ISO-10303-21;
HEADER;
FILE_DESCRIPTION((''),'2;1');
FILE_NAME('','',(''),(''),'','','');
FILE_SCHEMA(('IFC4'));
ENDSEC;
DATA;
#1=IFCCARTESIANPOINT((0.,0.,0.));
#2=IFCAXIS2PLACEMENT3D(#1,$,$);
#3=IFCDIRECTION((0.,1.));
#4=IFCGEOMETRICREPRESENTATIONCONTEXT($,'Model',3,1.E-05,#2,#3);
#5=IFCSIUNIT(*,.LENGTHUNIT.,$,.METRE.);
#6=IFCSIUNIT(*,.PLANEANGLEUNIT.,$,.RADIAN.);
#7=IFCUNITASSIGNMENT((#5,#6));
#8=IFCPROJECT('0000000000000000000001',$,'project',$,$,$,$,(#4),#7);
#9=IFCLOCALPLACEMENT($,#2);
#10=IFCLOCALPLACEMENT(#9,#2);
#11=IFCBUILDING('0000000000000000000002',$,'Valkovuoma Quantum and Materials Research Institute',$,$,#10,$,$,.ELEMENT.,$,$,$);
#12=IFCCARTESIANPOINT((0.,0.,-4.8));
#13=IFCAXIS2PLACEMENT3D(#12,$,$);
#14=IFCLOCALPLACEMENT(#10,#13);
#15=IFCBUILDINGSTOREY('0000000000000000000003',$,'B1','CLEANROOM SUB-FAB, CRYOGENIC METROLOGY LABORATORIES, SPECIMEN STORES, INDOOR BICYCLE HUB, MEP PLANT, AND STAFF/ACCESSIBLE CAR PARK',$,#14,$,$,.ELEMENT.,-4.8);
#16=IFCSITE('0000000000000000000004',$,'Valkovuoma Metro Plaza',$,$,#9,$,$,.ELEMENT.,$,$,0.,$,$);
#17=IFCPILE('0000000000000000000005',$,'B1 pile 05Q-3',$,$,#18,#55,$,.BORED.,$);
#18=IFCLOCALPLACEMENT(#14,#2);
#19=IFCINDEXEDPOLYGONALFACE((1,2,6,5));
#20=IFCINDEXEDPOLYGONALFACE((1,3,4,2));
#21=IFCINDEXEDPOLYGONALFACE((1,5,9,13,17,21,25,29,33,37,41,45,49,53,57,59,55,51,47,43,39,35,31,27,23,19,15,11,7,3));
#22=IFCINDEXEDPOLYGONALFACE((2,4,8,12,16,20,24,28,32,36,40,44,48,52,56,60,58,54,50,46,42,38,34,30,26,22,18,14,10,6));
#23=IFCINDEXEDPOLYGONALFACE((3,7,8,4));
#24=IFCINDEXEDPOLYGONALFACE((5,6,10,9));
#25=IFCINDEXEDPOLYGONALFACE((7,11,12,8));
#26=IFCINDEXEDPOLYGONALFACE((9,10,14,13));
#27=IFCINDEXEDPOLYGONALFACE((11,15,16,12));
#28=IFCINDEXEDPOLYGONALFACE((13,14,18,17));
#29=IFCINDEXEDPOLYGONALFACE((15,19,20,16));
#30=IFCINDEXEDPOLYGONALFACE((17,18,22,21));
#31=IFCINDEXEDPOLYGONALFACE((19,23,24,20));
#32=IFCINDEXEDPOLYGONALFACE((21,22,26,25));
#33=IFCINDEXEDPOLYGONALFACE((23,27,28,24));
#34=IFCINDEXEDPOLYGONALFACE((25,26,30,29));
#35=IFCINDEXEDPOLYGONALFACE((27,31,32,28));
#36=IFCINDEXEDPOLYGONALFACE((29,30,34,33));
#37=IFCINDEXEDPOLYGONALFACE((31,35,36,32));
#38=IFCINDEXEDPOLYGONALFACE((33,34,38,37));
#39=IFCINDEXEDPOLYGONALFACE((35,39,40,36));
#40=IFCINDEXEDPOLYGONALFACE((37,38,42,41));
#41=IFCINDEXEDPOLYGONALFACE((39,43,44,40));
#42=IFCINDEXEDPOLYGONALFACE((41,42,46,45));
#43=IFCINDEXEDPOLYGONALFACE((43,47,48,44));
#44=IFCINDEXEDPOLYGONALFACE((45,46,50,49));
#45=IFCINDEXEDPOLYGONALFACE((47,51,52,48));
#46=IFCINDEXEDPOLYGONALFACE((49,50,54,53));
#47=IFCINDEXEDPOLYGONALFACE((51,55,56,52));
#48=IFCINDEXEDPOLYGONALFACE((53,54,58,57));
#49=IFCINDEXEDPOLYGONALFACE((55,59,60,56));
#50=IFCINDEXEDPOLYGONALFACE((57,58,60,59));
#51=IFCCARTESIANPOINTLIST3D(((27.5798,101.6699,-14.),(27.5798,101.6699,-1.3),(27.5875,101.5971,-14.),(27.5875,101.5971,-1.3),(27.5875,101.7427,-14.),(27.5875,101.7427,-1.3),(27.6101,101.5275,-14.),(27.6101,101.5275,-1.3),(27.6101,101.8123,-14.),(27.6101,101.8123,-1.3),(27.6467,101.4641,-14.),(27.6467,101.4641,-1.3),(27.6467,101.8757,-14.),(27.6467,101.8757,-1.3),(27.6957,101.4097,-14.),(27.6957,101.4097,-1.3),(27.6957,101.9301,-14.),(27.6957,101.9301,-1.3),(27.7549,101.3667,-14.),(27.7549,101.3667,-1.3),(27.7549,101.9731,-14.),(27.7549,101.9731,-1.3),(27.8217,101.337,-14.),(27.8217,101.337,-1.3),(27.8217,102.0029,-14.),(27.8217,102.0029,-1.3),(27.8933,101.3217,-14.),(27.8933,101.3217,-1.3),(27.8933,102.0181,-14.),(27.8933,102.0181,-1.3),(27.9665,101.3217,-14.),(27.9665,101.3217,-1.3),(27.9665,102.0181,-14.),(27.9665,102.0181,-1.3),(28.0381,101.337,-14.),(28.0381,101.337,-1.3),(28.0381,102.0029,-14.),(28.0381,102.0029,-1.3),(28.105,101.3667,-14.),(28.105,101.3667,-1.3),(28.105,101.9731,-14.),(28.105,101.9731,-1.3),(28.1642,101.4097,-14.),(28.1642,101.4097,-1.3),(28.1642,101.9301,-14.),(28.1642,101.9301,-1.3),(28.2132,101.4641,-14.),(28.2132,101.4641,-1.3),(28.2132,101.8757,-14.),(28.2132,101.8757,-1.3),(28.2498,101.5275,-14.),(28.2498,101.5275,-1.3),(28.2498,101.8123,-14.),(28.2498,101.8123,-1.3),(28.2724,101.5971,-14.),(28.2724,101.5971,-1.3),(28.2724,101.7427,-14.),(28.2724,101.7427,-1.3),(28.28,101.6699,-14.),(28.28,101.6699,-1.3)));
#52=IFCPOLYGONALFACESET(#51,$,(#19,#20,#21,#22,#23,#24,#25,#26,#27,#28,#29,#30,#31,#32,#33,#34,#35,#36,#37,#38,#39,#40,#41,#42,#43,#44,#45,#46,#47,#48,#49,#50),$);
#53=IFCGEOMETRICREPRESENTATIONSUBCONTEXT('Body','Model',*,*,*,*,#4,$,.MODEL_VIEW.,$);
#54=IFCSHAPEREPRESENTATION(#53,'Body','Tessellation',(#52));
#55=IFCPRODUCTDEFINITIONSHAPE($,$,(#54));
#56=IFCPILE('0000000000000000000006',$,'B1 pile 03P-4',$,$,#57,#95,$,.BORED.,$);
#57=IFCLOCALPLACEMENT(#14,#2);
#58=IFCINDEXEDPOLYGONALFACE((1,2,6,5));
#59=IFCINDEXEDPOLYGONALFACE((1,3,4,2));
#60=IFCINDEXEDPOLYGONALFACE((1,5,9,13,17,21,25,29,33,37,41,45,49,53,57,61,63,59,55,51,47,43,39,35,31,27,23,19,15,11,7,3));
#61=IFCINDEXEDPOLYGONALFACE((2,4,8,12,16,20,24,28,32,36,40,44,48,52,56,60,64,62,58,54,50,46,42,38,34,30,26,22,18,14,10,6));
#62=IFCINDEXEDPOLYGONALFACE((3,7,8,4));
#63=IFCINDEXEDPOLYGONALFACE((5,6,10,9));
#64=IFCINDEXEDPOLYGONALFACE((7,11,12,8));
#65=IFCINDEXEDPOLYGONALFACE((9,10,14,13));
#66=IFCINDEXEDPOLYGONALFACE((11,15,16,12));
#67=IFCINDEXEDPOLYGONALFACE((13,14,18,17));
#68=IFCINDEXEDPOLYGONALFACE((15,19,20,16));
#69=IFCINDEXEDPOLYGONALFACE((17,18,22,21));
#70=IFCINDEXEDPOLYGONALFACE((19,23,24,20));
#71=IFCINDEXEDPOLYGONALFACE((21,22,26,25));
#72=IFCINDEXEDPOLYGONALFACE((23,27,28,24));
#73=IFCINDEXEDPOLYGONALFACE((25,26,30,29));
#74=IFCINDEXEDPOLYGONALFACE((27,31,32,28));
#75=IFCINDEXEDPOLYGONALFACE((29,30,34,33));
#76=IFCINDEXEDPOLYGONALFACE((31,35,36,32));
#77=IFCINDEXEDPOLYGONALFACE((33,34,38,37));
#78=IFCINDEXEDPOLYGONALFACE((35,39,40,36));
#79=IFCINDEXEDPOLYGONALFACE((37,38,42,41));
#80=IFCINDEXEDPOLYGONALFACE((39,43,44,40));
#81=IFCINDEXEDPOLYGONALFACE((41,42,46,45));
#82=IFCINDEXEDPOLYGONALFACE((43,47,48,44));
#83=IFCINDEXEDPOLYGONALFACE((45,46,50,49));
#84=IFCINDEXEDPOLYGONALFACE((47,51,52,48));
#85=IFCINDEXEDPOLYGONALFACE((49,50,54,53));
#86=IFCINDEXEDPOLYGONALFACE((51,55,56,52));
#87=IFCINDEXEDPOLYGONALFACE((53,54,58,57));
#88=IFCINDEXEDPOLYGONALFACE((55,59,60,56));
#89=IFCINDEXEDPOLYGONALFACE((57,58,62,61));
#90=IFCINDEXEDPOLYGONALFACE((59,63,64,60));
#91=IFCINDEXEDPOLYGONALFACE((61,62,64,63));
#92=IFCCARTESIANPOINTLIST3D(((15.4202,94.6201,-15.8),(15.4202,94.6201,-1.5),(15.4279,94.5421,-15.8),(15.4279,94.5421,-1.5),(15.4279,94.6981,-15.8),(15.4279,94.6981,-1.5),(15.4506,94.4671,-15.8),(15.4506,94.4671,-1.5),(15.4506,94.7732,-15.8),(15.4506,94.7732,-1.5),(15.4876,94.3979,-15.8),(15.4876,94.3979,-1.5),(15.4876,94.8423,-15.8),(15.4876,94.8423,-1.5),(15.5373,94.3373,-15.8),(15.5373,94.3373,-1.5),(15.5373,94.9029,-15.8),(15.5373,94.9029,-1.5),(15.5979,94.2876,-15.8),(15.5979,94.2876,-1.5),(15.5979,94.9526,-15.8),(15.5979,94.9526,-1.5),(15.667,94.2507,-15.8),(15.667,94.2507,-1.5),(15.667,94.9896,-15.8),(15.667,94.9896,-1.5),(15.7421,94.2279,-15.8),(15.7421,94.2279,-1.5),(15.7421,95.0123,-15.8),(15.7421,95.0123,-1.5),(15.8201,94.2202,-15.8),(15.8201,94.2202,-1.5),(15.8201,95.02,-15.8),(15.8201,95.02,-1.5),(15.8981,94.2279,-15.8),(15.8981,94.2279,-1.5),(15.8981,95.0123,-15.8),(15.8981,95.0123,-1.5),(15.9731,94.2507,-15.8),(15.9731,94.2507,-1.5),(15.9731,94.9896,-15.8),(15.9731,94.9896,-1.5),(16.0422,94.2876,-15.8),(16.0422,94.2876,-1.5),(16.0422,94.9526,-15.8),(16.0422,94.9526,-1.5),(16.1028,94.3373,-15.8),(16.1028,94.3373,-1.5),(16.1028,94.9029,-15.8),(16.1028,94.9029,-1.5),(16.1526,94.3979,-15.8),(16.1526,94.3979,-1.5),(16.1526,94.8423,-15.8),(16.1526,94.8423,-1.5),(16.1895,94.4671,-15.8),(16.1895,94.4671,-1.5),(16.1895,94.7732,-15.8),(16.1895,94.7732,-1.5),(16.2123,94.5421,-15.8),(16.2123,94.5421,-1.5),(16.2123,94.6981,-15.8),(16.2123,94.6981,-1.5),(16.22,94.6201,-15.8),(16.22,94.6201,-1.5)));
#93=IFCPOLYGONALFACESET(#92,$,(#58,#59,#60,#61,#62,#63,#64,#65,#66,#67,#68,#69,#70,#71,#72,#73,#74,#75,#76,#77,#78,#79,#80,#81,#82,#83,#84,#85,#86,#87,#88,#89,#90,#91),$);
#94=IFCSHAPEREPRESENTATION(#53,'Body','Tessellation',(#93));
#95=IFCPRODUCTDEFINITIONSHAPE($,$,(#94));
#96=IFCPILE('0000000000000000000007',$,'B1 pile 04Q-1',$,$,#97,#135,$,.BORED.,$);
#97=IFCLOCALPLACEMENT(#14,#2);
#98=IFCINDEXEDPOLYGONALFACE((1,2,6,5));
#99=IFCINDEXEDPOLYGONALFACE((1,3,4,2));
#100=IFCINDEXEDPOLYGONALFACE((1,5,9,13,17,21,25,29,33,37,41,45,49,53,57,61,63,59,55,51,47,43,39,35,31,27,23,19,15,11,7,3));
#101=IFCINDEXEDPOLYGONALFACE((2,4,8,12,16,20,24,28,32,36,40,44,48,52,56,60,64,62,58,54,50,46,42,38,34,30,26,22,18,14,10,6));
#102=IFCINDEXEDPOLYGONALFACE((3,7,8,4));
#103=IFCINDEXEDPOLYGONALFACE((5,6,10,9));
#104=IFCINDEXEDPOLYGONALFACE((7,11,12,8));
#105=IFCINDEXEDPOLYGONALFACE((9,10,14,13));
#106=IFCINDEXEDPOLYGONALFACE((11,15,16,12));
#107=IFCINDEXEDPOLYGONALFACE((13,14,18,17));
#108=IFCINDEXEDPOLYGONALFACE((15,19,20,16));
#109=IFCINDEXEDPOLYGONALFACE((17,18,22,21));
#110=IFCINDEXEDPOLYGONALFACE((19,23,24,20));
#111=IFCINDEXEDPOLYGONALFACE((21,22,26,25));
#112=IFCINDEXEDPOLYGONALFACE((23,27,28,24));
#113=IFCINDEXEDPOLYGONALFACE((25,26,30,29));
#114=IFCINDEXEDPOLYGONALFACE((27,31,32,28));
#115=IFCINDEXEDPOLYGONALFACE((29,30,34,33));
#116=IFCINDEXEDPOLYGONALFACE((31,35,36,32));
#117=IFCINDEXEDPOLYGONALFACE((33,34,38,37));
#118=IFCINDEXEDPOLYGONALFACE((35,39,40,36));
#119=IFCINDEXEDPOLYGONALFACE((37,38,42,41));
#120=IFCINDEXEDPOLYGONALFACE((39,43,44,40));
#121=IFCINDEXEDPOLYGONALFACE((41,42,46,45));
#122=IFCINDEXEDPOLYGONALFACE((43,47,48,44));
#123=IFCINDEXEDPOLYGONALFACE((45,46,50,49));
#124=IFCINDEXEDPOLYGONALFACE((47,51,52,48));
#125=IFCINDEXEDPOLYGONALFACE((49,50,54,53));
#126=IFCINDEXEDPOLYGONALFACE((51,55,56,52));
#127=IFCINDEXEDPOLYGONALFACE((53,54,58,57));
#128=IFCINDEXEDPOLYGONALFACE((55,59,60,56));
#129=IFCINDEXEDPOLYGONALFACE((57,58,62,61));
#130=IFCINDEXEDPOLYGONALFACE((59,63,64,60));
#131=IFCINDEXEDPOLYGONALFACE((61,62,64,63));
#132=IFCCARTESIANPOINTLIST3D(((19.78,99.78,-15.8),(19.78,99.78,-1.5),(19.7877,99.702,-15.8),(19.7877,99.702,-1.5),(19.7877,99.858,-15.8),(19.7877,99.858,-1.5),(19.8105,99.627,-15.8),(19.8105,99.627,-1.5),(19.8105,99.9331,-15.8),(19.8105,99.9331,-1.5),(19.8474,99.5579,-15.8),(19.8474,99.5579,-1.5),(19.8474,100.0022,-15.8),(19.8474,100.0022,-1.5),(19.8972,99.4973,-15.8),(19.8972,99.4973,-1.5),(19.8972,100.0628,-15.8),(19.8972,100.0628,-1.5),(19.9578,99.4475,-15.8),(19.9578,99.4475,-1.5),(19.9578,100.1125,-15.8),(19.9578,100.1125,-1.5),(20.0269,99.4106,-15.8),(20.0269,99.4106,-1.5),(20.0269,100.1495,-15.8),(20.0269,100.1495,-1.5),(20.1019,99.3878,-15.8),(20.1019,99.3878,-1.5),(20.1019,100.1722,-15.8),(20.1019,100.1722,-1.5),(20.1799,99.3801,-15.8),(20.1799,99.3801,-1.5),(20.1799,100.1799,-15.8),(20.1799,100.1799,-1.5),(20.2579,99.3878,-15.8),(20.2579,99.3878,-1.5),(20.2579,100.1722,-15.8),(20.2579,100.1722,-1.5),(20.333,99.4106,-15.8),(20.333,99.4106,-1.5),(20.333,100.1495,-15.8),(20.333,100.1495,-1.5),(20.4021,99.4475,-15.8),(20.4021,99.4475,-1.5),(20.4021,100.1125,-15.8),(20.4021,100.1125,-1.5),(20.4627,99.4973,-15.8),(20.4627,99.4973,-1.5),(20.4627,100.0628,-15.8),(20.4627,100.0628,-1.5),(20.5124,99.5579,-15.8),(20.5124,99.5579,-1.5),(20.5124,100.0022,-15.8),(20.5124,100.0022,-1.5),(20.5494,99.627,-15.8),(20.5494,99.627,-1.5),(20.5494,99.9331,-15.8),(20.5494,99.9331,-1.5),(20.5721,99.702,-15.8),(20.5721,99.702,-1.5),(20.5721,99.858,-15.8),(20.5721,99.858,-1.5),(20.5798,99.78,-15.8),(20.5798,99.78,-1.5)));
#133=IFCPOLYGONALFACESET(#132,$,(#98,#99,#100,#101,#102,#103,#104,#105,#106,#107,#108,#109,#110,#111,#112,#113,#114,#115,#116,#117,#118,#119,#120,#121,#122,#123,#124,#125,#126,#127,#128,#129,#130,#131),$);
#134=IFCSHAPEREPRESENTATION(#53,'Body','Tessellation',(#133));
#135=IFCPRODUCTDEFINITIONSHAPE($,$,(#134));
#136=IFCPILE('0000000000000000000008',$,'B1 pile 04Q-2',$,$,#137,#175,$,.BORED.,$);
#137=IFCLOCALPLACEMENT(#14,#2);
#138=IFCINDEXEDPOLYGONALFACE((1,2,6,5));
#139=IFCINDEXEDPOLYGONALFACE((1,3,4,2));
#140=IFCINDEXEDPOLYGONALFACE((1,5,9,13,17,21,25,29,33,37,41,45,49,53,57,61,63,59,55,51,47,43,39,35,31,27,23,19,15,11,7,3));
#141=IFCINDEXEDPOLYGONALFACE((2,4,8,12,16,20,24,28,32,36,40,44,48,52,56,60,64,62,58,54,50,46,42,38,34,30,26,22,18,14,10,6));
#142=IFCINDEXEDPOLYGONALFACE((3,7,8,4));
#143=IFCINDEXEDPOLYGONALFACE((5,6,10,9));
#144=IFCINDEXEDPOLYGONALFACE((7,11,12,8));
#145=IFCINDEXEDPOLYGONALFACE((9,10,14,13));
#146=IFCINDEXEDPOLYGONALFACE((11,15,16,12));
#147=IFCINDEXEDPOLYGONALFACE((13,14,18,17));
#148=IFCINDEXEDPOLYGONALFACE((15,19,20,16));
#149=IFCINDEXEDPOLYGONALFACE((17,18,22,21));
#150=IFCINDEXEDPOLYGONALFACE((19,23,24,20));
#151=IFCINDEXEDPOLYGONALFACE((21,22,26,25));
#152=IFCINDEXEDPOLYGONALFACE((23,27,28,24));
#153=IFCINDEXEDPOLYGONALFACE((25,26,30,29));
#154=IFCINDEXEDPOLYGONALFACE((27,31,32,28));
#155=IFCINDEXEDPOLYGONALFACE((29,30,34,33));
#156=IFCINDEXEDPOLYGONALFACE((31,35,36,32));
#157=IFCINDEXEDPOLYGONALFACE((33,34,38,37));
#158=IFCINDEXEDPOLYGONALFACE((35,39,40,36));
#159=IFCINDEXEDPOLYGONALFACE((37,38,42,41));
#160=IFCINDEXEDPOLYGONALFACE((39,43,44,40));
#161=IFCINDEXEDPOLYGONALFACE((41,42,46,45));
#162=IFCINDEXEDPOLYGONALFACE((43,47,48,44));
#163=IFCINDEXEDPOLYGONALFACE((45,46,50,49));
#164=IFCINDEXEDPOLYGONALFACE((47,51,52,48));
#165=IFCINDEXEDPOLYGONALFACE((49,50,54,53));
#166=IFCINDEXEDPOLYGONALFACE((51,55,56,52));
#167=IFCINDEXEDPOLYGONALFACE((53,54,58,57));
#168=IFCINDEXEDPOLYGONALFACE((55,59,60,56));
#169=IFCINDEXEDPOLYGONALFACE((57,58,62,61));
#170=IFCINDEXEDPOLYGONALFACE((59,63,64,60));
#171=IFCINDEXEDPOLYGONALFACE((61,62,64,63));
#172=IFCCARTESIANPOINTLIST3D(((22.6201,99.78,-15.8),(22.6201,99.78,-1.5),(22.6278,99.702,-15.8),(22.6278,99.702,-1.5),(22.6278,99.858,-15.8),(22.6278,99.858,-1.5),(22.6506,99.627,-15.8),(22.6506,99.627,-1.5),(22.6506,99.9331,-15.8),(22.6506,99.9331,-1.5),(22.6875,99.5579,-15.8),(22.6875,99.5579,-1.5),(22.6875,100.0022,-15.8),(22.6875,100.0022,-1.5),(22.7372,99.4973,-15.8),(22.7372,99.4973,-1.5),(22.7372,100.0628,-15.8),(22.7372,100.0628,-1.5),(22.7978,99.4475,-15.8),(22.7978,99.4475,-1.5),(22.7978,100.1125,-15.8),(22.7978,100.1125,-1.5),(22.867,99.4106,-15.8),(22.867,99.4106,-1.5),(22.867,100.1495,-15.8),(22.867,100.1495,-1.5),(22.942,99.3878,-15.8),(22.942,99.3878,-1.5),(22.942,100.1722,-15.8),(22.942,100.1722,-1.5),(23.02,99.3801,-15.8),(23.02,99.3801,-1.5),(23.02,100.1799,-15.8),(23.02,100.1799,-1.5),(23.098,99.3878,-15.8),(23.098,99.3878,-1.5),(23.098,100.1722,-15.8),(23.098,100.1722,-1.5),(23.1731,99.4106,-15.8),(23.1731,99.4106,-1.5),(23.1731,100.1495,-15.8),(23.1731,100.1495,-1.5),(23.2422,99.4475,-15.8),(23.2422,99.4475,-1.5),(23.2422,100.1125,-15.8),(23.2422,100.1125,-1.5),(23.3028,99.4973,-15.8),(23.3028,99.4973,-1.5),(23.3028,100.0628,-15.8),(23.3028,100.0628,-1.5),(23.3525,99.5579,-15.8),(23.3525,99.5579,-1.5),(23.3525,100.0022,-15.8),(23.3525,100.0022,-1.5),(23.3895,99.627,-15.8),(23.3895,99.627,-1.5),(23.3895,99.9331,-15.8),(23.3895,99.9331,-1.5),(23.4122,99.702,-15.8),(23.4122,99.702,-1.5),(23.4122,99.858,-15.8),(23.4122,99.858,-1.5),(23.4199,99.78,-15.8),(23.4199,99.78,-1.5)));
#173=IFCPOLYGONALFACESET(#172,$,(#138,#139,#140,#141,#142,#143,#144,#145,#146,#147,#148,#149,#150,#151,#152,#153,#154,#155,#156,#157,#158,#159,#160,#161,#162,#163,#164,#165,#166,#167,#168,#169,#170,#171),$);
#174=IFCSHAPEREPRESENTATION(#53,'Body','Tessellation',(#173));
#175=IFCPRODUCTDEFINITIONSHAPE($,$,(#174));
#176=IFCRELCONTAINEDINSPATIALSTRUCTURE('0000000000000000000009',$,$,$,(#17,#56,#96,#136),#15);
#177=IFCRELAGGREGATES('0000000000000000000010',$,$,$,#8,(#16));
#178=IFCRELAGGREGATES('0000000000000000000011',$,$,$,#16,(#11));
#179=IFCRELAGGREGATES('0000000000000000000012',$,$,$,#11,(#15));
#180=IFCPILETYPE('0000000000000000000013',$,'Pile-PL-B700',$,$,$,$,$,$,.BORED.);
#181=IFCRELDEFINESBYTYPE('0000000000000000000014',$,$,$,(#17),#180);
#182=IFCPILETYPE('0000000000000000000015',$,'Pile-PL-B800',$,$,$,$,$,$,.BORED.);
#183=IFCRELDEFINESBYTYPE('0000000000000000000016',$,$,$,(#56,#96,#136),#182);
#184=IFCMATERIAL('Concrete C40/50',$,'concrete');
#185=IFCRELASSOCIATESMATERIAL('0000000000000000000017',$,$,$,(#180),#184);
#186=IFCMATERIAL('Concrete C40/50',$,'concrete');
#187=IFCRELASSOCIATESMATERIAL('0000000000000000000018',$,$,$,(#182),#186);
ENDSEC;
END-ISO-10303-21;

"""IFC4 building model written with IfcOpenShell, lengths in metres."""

from ifc_helpers import new_model, si_unit, direction, frame, origin, origin_2d, place, context, subcontext, project, spatial, circle, extrude, material, material_profile, profile_set, type_object, element, save


model = new_model("IFC4")

# Units and contexts
model_context = context("Model", 3, precision=1e-05, world=origin(), true_north=direction((0.0, 1.0)))
body_context = subcontext(model_context, "Body", "Model", "MODEL_VIEW")
ifc_project = project(units=[si_unit("LENGTHUNIT", "METRE"), si_unit("PLANEANGLEUNIT", "RADIAN")], contexts=[model_context])

# Site, building, storey
site_placement = place(None, origin())
site = spatial("IfcSite", under=ifc_project, at=site_placement, Name="Valkovuoma Metro Plaza", CompositionType="ELEMENT", RefElevation=0.0)
building_placement = place(site_placement, origin())
building = spatial("IfcBuilding", under=site, at=building_placement, Name="Valkovuoma Quantum and Materials Research Institute", CompositionType="ELEMENT")
storey_placement = place(building_placement, frame((0.0, 0.0, -4.8)))
storey = spatial("IfcBuildingStorey", under=building, at=storey_placement, Name="B1", Description="CLEANROOM SUB-FAB, CRYOGENIC METROLOGY LABORATORIES, SPECIMEN STORES, INDOOR BICYCLE HUB, MEP PLANT, AND STAFF/ACCESSIBLE CAR PARK", CompositionType="ELEMENT", Elevation=-4.8)

# Piles
ifc_material_1 = material(Name="Concrete C40/50", Category="concrete")
ifc_material_profile_1 = material_profile(ifc_material_1, circle(Radius=0.3501, at=origin_2d()), Name="Concrete C40/50")
ifc_profile_set_1 = profile_set([ifc_material_profile_1], Name="Concrete C40/50")
pile_type_1 = type_object("IfcPileType", Name="Pile-PL-B700", PredefinedType="BORED", material=ifc_profile_set_1)
for number, where, z_axis, x_axis, name in (
    (1, (27.9299, 101.6699, -1.3), (0.0, 0.0, -1.0), (1.0, 0.0, 0.0), "B1 pile 05Q-3"),
):
    element("IfcPile", number, at=place(storey_placement, frame(where, z_axis=z_axis, x_axis=x_axis)), inside=storey, type_object=pile_type_1, Name=name, PredefinedType="BORED", context=body_context, shape_type="SweptSolid", body=[
        extrude(circle(Radius=0.3501, at=origin_2d()), origin(), (0.0, 0.0, 1.0), 12.7),
    ])
ifc_material_2 = material(Name="Concrete C40/50", Category="concrete")
ifc_material_profile_2 = material_profile(ifc_material_2, circle(Radius=0.3999, at=origin_2d()), Name="Concrete C40/50")
ifc_profile_set_2 = profile_set([ifc_material_profile_2], Name="Concrete C40/50")
pile_type_2 = type_object("IfcPileType", Name="Pile-PL-B800", PredefinedType="BORED", material=ifc_profile_set_2)
for number, where, z_axis, x_axis, name in (
    (2, (15.8201, 94.6201, -1.5), (0.0, 0.0, -1.0), (1.0, 0.0, 0.0), "B1 pile 03P-4"),
    (3, (20.1799, 99.78, -1.5), (0.0, 0.0, -1.0), (1.0, 0.0, 0.0), "B1 pile 04Q-1"),
    (4, (23.02, 99.78, -1.5), (0.0, 0.0, -1.0), (1.0, 0.0, 0.0), "B1 pile 04Q-2"),
):
    element("IfcPile", number, at=place(storey_placement, frame(where, z_axis=z_axis, x_axis=x_axis)), inside=storey, type_object=pile_type_2, Name=name, PredefinedType="BORED", context=body_context, shape_type="SweptSolid", body=[
        extrude(circle(Radius=0.3999, at=origin_2d()), origin(), (0.0, 0.0, 1.0), 14.3),
    ])

save(model, "model.ifc")
